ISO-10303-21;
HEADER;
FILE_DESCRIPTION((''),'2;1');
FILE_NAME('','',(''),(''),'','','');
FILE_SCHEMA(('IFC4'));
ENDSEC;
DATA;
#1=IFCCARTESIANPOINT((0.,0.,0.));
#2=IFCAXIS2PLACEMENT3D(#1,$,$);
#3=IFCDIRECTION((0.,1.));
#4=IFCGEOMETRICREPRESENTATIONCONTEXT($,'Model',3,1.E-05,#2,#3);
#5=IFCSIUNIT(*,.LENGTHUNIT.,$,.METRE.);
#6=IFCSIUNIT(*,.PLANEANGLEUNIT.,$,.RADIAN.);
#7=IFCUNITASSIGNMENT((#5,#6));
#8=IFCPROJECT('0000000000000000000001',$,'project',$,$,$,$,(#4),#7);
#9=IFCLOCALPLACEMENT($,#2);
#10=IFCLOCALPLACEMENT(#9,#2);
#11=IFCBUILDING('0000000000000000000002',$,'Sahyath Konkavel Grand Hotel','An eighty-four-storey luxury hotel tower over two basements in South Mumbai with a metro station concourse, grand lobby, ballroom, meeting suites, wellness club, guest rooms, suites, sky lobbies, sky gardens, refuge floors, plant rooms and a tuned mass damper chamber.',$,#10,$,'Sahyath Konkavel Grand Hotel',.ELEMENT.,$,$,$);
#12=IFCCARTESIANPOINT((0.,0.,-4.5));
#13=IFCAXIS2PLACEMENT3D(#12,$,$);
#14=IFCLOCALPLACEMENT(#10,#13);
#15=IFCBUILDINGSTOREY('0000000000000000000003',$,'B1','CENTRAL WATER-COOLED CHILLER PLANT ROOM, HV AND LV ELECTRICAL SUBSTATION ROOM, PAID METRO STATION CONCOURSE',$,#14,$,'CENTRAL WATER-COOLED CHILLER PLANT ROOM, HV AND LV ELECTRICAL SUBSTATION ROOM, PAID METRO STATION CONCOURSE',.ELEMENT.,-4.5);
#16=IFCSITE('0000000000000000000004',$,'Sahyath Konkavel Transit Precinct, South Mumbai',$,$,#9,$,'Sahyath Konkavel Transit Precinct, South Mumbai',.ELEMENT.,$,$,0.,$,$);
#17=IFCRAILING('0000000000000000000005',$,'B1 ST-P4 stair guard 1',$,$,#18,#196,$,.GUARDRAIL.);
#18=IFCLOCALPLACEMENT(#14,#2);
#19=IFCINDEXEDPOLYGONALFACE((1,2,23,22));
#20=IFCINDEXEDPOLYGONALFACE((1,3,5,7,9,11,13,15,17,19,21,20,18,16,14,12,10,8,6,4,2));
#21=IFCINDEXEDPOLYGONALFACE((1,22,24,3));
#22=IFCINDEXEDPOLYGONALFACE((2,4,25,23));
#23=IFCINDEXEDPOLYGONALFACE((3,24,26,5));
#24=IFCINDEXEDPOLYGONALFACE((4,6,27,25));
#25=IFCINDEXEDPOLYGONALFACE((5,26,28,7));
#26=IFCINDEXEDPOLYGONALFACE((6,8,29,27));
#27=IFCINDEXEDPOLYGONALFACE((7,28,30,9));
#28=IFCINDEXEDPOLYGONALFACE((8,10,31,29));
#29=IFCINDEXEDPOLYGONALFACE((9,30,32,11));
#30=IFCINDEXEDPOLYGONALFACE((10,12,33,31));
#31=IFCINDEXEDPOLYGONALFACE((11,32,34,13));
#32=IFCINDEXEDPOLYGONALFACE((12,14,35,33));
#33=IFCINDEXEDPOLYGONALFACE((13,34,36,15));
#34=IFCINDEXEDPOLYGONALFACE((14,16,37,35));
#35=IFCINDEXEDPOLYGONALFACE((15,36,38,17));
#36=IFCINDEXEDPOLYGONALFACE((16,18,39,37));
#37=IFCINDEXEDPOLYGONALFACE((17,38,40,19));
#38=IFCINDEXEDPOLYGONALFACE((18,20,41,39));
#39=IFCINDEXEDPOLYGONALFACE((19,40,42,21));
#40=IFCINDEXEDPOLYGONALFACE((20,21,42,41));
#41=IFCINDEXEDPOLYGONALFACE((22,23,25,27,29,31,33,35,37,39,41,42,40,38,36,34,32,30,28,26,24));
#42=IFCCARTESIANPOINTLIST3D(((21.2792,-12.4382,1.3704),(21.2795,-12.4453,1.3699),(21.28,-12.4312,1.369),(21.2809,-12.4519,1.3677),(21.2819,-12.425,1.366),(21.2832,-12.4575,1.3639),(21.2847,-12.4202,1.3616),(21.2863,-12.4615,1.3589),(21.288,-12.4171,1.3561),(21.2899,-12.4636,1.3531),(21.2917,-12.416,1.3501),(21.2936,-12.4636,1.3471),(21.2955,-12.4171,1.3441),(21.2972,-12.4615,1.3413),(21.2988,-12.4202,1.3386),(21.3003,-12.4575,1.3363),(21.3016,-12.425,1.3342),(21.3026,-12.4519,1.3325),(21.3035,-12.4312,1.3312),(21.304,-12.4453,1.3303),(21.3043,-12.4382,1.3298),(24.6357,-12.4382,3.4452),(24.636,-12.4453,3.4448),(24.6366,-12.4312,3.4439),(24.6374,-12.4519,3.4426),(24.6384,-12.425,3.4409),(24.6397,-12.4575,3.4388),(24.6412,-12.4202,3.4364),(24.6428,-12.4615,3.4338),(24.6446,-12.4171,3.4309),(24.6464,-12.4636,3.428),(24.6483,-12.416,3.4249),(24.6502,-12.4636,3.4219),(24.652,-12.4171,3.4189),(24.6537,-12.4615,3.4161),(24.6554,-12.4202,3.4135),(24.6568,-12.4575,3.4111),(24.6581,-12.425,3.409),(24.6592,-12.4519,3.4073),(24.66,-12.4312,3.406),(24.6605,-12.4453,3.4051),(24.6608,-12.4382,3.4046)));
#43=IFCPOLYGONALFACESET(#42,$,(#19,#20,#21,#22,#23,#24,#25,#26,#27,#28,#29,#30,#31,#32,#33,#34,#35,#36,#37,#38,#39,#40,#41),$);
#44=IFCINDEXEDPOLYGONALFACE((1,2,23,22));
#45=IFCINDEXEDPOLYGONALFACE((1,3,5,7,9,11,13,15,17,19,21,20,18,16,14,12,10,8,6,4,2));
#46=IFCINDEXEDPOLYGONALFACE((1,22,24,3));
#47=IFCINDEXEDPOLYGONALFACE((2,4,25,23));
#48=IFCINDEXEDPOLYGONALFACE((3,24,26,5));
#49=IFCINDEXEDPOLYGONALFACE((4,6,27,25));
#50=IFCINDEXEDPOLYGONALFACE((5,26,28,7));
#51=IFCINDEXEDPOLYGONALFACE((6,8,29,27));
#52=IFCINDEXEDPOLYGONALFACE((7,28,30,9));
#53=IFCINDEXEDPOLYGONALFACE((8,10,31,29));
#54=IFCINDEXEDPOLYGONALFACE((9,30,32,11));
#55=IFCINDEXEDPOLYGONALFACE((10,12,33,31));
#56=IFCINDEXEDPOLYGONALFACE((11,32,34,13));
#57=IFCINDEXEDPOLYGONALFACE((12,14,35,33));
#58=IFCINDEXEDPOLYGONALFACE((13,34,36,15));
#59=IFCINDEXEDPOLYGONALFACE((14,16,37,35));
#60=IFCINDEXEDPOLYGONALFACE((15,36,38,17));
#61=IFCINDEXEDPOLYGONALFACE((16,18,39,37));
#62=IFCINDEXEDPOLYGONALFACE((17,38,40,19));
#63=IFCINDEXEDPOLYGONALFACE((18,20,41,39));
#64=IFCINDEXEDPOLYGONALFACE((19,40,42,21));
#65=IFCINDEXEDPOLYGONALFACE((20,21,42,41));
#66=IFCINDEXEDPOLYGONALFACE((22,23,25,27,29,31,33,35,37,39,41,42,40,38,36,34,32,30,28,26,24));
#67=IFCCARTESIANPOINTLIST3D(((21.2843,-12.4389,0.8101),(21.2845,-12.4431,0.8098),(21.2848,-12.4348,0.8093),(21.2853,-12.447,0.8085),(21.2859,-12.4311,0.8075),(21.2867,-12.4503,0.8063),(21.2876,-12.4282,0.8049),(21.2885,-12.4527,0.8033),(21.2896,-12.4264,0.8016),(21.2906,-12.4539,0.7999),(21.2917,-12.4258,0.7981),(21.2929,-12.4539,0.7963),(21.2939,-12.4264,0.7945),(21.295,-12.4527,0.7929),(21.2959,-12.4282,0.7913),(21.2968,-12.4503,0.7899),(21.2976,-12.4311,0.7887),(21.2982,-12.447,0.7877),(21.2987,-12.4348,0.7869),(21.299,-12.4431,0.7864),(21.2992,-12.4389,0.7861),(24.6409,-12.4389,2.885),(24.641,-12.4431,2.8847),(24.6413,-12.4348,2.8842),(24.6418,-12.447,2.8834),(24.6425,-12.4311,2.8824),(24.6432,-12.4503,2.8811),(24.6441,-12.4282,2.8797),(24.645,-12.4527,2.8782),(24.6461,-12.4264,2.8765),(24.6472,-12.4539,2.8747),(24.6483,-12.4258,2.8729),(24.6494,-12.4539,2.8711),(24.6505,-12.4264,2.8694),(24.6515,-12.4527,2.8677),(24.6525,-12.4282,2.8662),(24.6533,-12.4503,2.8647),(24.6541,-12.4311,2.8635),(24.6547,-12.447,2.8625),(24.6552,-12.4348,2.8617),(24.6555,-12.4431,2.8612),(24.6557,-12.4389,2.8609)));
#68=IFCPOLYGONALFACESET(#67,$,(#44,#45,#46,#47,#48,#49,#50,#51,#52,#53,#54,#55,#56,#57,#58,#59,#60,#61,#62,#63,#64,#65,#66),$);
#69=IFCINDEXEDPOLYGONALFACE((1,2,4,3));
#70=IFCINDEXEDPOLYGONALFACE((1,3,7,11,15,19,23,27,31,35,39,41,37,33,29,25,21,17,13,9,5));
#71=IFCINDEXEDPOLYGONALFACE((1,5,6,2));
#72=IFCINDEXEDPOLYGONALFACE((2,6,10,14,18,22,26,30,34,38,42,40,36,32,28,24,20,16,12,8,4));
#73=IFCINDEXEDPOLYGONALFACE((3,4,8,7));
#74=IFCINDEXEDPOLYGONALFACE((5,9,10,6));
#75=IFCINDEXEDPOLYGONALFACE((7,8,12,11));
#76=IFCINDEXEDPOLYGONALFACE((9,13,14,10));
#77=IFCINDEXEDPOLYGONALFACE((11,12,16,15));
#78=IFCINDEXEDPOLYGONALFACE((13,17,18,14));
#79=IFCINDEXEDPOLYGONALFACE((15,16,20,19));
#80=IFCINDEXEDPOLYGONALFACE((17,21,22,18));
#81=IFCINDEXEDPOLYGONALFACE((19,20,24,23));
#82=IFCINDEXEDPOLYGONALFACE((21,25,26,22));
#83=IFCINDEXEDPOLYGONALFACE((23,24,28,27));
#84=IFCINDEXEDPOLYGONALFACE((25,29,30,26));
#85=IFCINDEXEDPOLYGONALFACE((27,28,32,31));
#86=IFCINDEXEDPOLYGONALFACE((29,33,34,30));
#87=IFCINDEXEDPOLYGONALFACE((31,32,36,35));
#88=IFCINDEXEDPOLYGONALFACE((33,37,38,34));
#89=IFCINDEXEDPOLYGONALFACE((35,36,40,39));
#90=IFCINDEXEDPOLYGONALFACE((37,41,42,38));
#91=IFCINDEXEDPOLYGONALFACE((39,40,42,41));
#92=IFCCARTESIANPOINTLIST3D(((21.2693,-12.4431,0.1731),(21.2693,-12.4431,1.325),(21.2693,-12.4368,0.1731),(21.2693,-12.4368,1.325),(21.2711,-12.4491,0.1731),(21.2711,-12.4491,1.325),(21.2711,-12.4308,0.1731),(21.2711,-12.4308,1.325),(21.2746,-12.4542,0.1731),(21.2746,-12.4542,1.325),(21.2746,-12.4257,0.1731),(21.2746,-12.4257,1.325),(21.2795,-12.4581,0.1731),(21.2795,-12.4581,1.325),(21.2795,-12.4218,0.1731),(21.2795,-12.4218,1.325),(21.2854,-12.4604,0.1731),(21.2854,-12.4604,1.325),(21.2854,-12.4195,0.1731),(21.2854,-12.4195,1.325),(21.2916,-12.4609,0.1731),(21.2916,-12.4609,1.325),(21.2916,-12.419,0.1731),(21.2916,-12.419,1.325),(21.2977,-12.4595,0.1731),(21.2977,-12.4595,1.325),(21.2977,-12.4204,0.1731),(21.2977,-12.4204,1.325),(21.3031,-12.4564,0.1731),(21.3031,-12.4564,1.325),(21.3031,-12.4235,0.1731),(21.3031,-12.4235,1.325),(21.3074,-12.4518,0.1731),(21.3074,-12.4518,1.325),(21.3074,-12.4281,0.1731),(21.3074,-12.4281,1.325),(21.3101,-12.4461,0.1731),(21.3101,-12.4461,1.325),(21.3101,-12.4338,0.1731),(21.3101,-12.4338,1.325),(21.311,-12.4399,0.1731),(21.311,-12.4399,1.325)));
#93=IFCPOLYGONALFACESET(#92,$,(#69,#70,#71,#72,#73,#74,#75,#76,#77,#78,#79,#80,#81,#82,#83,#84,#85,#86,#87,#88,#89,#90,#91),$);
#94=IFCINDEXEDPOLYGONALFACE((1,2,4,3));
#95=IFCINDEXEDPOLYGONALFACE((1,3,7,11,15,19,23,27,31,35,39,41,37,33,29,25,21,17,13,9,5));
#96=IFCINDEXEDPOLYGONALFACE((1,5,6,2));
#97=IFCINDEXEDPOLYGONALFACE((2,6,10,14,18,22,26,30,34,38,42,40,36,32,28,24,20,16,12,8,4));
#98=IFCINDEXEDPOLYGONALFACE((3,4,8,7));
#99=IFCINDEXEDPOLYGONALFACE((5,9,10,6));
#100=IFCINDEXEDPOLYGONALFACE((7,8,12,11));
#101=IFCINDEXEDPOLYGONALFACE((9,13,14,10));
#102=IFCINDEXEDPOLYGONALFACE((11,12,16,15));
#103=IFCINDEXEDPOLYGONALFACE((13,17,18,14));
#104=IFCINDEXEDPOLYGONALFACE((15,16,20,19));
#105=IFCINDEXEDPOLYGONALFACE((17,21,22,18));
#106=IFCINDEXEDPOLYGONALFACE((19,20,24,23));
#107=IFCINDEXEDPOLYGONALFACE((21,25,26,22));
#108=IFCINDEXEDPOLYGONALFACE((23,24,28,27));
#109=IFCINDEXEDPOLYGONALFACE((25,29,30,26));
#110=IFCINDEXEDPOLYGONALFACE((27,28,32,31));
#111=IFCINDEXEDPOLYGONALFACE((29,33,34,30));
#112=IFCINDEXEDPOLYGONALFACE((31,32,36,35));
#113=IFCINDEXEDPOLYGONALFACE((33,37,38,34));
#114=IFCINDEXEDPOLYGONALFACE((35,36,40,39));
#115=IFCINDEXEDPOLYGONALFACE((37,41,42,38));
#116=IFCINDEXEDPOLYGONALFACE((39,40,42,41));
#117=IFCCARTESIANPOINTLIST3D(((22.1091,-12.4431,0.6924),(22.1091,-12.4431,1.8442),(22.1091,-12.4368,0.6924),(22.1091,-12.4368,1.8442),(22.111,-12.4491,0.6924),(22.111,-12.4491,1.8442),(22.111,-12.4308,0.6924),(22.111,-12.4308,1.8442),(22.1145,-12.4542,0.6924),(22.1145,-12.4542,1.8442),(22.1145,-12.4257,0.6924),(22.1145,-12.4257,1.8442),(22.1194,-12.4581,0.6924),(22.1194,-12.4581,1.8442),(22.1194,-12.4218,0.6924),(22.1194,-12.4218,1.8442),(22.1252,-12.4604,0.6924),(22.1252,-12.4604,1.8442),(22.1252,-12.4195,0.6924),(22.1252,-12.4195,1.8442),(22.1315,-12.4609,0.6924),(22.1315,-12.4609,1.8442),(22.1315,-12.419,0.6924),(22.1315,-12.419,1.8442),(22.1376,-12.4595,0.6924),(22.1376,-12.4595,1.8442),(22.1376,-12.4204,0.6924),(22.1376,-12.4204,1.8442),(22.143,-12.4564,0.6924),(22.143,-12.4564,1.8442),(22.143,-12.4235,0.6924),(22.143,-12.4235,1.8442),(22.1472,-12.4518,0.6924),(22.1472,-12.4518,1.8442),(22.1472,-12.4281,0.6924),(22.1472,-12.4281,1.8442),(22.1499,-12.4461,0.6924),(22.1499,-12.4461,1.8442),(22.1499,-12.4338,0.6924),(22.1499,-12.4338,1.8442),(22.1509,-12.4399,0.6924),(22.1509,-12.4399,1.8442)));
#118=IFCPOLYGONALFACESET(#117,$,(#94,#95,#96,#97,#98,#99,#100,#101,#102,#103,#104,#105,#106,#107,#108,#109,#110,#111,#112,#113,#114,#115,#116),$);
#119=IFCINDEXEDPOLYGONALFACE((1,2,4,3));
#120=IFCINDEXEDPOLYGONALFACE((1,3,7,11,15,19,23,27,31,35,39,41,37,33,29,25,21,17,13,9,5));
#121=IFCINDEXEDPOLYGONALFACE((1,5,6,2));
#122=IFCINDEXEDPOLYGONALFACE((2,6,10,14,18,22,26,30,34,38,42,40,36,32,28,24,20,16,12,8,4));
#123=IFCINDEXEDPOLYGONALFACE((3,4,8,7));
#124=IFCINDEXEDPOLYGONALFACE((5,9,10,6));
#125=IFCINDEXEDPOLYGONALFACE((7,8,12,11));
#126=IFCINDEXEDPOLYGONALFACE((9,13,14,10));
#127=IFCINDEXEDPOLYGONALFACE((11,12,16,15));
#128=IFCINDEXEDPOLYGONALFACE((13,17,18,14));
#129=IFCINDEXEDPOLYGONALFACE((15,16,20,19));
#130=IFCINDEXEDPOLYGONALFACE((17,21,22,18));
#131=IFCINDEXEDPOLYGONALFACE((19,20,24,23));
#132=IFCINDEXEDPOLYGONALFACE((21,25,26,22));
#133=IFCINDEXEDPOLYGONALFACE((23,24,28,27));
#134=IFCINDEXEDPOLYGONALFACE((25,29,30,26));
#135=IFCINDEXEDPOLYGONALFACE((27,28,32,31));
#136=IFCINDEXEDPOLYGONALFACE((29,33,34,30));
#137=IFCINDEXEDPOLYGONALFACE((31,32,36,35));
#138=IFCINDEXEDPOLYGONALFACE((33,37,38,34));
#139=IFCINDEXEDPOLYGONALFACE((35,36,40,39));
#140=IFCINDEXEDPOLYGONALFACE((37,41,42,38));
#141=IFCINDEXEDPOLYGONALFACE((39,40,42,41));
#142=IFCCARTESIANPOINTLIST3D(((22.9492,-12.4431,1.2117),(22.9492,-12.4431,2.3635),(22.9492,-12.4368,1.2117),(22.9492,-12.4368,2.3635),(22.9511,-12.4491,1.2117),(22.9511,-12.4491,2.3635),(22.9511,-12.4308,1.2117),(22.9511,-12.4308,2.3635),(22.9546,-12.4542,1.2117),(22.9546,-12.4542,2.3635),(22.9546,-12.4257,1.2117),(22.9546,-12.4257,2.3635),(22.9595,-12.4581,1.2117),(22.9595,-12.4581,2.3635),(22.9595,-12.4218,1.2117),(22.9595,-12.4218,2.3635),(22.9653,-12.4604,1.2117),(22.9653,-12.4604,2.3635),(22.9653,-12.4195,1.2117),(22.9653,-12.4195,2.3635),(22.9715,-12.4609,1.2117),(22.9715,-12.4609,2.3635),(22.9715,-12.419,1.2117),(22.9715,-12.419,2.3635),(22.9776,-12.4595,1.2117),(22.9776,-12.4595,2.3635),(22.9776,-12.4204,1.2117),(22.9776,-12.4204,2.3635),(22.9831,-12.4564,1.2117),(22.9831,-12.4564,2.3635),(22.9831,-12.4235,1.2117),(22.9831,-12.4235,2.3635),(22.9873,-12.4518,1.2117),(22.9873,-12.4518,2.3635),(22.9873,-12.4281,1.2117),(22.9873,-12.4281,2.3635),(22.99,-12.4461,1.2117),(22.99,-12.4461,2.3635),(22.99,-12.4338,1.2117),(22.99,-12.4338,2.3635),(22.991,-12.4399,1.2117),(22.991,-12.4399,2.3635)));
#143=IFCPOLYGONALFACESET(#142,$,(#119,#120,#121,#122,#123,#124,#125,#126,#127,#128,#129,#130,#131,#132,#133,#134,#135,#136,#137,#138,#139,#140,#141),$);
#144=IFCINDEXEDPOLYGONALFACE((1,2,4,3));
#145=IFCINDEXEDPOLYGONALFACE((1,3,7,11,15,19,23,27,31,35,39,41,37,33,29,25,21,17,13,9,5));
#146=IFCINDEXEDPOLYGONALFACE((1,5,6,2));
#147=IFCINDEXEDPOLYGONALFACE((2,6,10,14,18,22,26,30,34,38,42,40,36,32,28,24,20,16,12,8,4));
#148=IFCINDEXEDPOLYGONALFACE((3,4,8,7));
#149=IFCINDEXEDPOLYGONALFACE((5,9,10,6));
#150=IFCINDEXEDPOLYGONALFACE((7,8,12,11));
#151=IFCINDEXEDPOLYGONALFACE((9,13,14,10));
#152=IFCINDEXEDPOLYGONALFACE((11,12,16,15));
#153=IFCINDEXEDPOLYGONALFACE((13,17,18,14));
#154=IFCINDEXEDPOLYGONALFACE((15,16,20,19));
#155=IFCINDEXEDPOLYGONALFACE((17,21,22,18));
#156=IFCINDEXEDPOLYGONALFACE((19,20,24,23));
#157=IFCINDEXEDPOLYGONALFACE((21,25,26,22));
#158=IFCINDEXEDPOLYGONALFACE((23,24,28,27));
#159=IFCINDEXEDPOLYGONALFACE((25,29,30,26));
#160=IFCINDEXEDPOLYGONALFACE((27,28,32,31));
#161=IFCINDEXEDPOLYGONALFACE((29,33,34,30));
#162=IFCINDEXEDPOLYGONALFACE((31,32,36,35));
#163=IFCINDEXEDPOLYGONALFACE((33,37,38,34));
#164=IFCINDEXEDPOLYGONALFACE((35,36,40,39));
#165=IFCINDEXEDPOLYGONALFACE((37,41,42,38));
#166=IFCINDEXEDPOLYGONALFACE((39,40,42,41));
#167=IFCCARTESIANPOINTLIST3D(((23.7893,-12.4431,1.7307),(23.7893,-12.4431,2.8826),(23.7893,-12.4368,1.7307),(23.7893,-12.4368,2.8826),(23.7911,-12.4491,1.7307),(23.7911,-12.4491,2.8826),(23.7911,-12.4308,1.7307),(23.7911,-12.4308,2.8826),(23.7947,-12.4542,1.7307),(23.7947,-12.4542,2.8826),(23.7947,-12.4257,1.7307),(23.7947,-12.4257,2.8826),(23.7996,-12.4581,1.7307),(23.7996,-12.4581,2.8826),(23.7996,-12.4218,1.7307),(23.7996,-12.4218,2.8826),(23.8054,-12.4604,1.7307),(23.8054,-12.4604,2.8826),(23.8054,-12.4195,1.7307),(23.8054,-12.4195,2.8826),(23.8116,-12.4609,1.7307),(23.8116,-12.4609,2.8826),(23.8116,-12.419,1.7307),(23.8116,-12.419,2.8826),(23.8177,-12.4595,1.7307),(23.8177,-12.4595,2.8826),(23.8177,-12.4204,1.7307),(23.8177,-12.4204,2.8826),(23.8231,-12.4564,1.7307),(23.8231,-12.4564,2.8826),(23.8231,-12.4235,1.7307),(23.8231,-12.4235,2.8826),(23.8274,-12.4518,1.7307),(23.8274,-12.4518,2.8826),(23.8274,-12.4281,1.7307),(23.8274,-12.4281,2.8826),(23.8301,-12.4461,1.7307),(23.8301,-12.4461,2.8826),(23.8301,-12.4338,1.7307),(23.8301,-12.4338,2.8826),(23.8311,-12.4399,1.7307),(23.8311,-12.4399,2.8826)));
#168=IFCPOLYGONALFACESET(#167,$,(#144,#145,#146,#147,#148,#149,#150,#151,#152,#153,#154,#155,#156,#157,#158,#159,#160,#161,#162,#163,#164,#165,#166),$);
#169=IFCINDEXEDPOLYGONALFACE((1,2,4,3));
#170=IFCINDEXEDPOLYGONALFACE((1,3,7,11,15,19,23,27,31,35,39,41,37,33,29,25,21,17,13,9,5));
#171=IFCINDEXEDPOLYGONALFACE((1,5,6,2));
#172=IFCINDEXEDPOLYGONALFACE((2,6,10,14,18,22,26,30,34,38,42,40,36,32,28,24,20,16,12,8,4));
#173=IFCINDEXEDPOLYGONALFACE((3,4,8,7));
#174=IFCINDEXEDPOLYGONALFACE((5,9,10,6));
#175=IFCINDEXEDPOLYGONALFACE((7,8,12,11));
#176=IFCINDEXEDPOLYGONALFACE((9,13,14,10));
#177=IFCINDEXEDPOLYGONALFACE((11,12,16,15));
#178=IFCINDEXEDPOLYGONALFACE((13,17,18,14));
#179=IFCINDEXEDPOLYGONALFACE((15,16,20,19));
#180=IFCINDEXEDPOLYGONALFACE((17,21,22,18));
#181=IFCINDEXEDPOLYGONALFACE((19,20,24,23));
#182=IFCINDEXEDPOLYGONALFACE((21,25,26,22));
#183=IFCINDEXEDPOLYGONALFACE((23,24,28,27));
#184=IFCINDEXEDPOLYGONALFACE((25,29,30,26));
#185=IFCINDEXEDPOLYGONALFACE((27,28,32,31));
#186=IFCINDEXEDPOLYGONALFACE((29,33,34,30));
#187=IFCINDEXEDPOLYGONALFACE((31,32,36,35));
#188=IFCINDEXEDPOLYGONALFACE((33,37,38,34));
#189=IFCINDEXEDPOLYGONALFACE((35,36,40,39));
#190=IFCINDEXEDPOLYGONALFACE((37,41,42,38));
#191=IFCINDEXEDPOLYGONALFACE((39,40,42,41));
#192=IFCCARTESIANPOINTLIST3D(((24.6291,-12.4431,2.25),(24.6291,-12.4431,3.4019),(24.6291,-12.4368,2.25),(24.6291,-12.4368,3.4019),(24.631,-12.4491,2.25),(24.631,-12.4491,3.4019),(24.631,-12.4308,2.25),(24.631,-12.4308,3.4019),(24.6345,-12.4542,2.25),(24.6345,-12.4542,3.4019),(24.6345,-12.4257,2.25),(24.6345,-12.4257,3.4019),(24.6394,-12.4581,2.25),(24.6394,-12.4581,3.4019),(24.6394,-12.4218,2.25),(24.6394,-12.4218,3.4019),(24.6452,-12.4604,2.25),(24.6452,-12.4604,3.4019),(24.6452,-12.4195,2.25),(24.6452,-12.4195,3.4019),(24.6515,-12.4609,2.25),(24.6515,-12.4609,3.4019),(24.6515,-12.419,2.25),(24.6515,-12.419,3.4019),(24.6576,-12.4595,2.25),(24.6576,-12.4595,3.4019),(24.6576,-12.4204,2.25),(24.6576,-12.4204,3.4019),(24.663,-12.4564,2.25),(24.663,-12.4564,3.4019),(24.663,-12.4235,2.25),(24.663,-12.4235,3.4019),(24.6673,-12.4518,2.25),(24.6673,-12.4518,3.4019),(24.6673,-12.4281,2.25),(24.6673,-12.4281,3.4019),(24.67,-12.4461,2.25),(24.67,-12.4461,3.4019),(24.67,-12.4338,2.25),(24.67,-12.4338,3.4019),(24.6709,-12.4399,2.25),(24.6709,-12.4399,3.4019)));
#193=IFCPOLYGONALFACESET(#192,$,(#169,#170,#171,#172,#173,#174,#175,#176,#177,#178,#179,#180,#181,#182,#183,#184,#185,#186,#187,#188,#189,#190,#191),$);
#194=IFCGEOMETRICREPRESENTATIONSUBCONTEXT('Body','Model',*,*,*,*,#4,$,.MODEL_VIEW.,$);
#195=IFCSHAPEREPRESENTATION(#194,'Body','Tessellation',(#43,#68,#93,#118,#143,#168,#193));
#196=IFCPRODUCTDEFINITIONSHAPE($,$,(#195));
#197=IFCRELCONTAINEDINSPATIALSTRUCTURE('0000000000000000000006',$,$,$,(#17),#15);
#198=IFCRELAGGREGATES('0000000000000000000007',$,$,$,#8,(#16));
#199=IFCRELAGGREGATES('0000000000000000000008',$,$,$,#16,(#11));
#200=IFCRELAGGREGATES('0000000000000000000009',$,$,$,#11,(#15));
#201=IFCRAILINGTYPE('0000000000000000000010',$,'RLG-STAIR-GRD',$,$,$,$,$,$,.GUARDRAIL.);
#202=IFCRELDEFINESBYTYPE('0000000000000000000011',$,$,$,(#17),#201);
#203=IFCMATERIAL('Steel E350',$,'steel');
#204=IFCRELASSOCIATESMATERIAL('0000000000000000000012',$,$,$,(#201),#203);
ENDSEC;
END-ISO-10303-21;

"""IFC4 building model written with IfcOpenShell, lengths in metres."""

from ifc_helpers import new_model, si_unit, direction, frame, origin, origin_2d, place, context, subcontext, project, spatial, circle, extrude, material, type_object, element, save


model = new_model("IFC4")

# Units and contexts
model_context = context("Model", 3, precision=1e-05, world=origin(), true_north=direction((0.0, 1.0)))
body_context = subcontext(model_context, "Body", "Model", "MODEL_VIEW")
ifc_project = project(units=[si_unit("LENGTHUNIT", "METRE"), si_unit("PLANEANGLEUNIT", "RADIAN")], contexts=[model_context])

# Site, building, storey
site_placement = place(None, origin())
site = spatial("IfcSite", under=ifc_project, at=site_placement, Name="Sahyath Konkavel Transit Precinct, South Mumbai", LongName="Sahyath Konkavel Transit Precinct, South Mumbai", CompositionType="ELEMENT", RefElevation=0.0)
building_placement = place(site_placement, origin())
building = spatial("IfcBuilding", under=site, at=building_placement, Name="Sahyath Konkavel Grand Hotel", Description="An eighty-four-storey luxury hotel tower over two basements in South Mumbai with a metro station concourse, grand lobby, ballroom, meeting suites, wellness club, guest rooms, suites, sky lobbies, sky gardens, refuge floors, plant rooms and a tuned mass damper chamber.", LongName="Sahyath Konkavel Grand Hotel", CompositionType="ELEMENT")
storey_placement = place(building_placement, frame((0.0, 0.0, -4.5)))
storey = spatial("IfcBuildingStorey", under=building, at=storey_placement, Name="B1", Description="CENTRAL WATER-COOLED CHILLER PLANT ROOM, HV AND LV ELECTRICAL SUBSTATION ROOM, PAID METRO STATION CONCOURSE", LongName="CENTRAL WATER-COOLED CHILLER PLANT ROOM, HV AND LV ELECTRICAL SUBSTATION ROOM, PAID METRO STATION CONCOURSE", CompositionType="ELEMENT", Elevation=-4.5)

# Shared definitions
ifc_material_1 = material(Name="Steel E350", Category="steel")

# Railing
railing_type_1 = type_object("IfcRailingType", Name="RLG-STAIR-GRD", PredefinedType="GUARDRAIL", material=ifc_material_1)
railing_1_placement = place(storey_placement, frame((21.29, -12.4399, 0.1731)))
element("IfcRailing", 1, at=railing_1_placement, inside=storey, type_object=railing_type_1, Name="B1 ST-P4 stair guard 1", PredefinedType="GUARDRAIL", context=body_context, shape_type="SweptSolid", body=[
    extrude(circle(Radius=0.0239, at=origin_2d()), frame((0.0017, 0.0, 1.177), z_axis=(0.850606, 0.0, 0.525803), x_axis=(0.0, 1.0, 0.0)), (0.0, 0.0, 1.0), 3.946),
    extrude(circle(Radius=0.0142, at=origin_2d()), frame((0.0017, 0.0, 0.625), z_axis=(0.850606, 0.0, 0.525803), x_axis=(0.0, 1.0, 0.0)), (0.0, 0.0, 1.0), 3.946),
    extrude(circle(Radius=0.021, at=origin_2d()), origin(), (0.0, 0.0, 1.0), 1.1519),
    extrude(circle(Radius=0.021, at=origin_2d()), frame((0.8398, 0.0, 0.5193)), (0.0, 0.0, 1.0), 1.1519),
    extrude(circle(Radius=0.021, at=origin_2d()), frame((1.6799, 0.0, 1.0386)), (0.0, 0.0, 1.0), 1.1519),
    extrude(circle(Radius=0.021, at=origin_2d()), frame((2.52, 0.0, 1.5576)), (0.0, 0.0, 1.0), 1.1519),
    extrude(circle(Radius=0.021, at=origin_2d()), frame((3.3599, 0.0, 2.0769)), (0.0, 0.0, 1.0), 1.1519),
])

save(model, "model.ifc")
